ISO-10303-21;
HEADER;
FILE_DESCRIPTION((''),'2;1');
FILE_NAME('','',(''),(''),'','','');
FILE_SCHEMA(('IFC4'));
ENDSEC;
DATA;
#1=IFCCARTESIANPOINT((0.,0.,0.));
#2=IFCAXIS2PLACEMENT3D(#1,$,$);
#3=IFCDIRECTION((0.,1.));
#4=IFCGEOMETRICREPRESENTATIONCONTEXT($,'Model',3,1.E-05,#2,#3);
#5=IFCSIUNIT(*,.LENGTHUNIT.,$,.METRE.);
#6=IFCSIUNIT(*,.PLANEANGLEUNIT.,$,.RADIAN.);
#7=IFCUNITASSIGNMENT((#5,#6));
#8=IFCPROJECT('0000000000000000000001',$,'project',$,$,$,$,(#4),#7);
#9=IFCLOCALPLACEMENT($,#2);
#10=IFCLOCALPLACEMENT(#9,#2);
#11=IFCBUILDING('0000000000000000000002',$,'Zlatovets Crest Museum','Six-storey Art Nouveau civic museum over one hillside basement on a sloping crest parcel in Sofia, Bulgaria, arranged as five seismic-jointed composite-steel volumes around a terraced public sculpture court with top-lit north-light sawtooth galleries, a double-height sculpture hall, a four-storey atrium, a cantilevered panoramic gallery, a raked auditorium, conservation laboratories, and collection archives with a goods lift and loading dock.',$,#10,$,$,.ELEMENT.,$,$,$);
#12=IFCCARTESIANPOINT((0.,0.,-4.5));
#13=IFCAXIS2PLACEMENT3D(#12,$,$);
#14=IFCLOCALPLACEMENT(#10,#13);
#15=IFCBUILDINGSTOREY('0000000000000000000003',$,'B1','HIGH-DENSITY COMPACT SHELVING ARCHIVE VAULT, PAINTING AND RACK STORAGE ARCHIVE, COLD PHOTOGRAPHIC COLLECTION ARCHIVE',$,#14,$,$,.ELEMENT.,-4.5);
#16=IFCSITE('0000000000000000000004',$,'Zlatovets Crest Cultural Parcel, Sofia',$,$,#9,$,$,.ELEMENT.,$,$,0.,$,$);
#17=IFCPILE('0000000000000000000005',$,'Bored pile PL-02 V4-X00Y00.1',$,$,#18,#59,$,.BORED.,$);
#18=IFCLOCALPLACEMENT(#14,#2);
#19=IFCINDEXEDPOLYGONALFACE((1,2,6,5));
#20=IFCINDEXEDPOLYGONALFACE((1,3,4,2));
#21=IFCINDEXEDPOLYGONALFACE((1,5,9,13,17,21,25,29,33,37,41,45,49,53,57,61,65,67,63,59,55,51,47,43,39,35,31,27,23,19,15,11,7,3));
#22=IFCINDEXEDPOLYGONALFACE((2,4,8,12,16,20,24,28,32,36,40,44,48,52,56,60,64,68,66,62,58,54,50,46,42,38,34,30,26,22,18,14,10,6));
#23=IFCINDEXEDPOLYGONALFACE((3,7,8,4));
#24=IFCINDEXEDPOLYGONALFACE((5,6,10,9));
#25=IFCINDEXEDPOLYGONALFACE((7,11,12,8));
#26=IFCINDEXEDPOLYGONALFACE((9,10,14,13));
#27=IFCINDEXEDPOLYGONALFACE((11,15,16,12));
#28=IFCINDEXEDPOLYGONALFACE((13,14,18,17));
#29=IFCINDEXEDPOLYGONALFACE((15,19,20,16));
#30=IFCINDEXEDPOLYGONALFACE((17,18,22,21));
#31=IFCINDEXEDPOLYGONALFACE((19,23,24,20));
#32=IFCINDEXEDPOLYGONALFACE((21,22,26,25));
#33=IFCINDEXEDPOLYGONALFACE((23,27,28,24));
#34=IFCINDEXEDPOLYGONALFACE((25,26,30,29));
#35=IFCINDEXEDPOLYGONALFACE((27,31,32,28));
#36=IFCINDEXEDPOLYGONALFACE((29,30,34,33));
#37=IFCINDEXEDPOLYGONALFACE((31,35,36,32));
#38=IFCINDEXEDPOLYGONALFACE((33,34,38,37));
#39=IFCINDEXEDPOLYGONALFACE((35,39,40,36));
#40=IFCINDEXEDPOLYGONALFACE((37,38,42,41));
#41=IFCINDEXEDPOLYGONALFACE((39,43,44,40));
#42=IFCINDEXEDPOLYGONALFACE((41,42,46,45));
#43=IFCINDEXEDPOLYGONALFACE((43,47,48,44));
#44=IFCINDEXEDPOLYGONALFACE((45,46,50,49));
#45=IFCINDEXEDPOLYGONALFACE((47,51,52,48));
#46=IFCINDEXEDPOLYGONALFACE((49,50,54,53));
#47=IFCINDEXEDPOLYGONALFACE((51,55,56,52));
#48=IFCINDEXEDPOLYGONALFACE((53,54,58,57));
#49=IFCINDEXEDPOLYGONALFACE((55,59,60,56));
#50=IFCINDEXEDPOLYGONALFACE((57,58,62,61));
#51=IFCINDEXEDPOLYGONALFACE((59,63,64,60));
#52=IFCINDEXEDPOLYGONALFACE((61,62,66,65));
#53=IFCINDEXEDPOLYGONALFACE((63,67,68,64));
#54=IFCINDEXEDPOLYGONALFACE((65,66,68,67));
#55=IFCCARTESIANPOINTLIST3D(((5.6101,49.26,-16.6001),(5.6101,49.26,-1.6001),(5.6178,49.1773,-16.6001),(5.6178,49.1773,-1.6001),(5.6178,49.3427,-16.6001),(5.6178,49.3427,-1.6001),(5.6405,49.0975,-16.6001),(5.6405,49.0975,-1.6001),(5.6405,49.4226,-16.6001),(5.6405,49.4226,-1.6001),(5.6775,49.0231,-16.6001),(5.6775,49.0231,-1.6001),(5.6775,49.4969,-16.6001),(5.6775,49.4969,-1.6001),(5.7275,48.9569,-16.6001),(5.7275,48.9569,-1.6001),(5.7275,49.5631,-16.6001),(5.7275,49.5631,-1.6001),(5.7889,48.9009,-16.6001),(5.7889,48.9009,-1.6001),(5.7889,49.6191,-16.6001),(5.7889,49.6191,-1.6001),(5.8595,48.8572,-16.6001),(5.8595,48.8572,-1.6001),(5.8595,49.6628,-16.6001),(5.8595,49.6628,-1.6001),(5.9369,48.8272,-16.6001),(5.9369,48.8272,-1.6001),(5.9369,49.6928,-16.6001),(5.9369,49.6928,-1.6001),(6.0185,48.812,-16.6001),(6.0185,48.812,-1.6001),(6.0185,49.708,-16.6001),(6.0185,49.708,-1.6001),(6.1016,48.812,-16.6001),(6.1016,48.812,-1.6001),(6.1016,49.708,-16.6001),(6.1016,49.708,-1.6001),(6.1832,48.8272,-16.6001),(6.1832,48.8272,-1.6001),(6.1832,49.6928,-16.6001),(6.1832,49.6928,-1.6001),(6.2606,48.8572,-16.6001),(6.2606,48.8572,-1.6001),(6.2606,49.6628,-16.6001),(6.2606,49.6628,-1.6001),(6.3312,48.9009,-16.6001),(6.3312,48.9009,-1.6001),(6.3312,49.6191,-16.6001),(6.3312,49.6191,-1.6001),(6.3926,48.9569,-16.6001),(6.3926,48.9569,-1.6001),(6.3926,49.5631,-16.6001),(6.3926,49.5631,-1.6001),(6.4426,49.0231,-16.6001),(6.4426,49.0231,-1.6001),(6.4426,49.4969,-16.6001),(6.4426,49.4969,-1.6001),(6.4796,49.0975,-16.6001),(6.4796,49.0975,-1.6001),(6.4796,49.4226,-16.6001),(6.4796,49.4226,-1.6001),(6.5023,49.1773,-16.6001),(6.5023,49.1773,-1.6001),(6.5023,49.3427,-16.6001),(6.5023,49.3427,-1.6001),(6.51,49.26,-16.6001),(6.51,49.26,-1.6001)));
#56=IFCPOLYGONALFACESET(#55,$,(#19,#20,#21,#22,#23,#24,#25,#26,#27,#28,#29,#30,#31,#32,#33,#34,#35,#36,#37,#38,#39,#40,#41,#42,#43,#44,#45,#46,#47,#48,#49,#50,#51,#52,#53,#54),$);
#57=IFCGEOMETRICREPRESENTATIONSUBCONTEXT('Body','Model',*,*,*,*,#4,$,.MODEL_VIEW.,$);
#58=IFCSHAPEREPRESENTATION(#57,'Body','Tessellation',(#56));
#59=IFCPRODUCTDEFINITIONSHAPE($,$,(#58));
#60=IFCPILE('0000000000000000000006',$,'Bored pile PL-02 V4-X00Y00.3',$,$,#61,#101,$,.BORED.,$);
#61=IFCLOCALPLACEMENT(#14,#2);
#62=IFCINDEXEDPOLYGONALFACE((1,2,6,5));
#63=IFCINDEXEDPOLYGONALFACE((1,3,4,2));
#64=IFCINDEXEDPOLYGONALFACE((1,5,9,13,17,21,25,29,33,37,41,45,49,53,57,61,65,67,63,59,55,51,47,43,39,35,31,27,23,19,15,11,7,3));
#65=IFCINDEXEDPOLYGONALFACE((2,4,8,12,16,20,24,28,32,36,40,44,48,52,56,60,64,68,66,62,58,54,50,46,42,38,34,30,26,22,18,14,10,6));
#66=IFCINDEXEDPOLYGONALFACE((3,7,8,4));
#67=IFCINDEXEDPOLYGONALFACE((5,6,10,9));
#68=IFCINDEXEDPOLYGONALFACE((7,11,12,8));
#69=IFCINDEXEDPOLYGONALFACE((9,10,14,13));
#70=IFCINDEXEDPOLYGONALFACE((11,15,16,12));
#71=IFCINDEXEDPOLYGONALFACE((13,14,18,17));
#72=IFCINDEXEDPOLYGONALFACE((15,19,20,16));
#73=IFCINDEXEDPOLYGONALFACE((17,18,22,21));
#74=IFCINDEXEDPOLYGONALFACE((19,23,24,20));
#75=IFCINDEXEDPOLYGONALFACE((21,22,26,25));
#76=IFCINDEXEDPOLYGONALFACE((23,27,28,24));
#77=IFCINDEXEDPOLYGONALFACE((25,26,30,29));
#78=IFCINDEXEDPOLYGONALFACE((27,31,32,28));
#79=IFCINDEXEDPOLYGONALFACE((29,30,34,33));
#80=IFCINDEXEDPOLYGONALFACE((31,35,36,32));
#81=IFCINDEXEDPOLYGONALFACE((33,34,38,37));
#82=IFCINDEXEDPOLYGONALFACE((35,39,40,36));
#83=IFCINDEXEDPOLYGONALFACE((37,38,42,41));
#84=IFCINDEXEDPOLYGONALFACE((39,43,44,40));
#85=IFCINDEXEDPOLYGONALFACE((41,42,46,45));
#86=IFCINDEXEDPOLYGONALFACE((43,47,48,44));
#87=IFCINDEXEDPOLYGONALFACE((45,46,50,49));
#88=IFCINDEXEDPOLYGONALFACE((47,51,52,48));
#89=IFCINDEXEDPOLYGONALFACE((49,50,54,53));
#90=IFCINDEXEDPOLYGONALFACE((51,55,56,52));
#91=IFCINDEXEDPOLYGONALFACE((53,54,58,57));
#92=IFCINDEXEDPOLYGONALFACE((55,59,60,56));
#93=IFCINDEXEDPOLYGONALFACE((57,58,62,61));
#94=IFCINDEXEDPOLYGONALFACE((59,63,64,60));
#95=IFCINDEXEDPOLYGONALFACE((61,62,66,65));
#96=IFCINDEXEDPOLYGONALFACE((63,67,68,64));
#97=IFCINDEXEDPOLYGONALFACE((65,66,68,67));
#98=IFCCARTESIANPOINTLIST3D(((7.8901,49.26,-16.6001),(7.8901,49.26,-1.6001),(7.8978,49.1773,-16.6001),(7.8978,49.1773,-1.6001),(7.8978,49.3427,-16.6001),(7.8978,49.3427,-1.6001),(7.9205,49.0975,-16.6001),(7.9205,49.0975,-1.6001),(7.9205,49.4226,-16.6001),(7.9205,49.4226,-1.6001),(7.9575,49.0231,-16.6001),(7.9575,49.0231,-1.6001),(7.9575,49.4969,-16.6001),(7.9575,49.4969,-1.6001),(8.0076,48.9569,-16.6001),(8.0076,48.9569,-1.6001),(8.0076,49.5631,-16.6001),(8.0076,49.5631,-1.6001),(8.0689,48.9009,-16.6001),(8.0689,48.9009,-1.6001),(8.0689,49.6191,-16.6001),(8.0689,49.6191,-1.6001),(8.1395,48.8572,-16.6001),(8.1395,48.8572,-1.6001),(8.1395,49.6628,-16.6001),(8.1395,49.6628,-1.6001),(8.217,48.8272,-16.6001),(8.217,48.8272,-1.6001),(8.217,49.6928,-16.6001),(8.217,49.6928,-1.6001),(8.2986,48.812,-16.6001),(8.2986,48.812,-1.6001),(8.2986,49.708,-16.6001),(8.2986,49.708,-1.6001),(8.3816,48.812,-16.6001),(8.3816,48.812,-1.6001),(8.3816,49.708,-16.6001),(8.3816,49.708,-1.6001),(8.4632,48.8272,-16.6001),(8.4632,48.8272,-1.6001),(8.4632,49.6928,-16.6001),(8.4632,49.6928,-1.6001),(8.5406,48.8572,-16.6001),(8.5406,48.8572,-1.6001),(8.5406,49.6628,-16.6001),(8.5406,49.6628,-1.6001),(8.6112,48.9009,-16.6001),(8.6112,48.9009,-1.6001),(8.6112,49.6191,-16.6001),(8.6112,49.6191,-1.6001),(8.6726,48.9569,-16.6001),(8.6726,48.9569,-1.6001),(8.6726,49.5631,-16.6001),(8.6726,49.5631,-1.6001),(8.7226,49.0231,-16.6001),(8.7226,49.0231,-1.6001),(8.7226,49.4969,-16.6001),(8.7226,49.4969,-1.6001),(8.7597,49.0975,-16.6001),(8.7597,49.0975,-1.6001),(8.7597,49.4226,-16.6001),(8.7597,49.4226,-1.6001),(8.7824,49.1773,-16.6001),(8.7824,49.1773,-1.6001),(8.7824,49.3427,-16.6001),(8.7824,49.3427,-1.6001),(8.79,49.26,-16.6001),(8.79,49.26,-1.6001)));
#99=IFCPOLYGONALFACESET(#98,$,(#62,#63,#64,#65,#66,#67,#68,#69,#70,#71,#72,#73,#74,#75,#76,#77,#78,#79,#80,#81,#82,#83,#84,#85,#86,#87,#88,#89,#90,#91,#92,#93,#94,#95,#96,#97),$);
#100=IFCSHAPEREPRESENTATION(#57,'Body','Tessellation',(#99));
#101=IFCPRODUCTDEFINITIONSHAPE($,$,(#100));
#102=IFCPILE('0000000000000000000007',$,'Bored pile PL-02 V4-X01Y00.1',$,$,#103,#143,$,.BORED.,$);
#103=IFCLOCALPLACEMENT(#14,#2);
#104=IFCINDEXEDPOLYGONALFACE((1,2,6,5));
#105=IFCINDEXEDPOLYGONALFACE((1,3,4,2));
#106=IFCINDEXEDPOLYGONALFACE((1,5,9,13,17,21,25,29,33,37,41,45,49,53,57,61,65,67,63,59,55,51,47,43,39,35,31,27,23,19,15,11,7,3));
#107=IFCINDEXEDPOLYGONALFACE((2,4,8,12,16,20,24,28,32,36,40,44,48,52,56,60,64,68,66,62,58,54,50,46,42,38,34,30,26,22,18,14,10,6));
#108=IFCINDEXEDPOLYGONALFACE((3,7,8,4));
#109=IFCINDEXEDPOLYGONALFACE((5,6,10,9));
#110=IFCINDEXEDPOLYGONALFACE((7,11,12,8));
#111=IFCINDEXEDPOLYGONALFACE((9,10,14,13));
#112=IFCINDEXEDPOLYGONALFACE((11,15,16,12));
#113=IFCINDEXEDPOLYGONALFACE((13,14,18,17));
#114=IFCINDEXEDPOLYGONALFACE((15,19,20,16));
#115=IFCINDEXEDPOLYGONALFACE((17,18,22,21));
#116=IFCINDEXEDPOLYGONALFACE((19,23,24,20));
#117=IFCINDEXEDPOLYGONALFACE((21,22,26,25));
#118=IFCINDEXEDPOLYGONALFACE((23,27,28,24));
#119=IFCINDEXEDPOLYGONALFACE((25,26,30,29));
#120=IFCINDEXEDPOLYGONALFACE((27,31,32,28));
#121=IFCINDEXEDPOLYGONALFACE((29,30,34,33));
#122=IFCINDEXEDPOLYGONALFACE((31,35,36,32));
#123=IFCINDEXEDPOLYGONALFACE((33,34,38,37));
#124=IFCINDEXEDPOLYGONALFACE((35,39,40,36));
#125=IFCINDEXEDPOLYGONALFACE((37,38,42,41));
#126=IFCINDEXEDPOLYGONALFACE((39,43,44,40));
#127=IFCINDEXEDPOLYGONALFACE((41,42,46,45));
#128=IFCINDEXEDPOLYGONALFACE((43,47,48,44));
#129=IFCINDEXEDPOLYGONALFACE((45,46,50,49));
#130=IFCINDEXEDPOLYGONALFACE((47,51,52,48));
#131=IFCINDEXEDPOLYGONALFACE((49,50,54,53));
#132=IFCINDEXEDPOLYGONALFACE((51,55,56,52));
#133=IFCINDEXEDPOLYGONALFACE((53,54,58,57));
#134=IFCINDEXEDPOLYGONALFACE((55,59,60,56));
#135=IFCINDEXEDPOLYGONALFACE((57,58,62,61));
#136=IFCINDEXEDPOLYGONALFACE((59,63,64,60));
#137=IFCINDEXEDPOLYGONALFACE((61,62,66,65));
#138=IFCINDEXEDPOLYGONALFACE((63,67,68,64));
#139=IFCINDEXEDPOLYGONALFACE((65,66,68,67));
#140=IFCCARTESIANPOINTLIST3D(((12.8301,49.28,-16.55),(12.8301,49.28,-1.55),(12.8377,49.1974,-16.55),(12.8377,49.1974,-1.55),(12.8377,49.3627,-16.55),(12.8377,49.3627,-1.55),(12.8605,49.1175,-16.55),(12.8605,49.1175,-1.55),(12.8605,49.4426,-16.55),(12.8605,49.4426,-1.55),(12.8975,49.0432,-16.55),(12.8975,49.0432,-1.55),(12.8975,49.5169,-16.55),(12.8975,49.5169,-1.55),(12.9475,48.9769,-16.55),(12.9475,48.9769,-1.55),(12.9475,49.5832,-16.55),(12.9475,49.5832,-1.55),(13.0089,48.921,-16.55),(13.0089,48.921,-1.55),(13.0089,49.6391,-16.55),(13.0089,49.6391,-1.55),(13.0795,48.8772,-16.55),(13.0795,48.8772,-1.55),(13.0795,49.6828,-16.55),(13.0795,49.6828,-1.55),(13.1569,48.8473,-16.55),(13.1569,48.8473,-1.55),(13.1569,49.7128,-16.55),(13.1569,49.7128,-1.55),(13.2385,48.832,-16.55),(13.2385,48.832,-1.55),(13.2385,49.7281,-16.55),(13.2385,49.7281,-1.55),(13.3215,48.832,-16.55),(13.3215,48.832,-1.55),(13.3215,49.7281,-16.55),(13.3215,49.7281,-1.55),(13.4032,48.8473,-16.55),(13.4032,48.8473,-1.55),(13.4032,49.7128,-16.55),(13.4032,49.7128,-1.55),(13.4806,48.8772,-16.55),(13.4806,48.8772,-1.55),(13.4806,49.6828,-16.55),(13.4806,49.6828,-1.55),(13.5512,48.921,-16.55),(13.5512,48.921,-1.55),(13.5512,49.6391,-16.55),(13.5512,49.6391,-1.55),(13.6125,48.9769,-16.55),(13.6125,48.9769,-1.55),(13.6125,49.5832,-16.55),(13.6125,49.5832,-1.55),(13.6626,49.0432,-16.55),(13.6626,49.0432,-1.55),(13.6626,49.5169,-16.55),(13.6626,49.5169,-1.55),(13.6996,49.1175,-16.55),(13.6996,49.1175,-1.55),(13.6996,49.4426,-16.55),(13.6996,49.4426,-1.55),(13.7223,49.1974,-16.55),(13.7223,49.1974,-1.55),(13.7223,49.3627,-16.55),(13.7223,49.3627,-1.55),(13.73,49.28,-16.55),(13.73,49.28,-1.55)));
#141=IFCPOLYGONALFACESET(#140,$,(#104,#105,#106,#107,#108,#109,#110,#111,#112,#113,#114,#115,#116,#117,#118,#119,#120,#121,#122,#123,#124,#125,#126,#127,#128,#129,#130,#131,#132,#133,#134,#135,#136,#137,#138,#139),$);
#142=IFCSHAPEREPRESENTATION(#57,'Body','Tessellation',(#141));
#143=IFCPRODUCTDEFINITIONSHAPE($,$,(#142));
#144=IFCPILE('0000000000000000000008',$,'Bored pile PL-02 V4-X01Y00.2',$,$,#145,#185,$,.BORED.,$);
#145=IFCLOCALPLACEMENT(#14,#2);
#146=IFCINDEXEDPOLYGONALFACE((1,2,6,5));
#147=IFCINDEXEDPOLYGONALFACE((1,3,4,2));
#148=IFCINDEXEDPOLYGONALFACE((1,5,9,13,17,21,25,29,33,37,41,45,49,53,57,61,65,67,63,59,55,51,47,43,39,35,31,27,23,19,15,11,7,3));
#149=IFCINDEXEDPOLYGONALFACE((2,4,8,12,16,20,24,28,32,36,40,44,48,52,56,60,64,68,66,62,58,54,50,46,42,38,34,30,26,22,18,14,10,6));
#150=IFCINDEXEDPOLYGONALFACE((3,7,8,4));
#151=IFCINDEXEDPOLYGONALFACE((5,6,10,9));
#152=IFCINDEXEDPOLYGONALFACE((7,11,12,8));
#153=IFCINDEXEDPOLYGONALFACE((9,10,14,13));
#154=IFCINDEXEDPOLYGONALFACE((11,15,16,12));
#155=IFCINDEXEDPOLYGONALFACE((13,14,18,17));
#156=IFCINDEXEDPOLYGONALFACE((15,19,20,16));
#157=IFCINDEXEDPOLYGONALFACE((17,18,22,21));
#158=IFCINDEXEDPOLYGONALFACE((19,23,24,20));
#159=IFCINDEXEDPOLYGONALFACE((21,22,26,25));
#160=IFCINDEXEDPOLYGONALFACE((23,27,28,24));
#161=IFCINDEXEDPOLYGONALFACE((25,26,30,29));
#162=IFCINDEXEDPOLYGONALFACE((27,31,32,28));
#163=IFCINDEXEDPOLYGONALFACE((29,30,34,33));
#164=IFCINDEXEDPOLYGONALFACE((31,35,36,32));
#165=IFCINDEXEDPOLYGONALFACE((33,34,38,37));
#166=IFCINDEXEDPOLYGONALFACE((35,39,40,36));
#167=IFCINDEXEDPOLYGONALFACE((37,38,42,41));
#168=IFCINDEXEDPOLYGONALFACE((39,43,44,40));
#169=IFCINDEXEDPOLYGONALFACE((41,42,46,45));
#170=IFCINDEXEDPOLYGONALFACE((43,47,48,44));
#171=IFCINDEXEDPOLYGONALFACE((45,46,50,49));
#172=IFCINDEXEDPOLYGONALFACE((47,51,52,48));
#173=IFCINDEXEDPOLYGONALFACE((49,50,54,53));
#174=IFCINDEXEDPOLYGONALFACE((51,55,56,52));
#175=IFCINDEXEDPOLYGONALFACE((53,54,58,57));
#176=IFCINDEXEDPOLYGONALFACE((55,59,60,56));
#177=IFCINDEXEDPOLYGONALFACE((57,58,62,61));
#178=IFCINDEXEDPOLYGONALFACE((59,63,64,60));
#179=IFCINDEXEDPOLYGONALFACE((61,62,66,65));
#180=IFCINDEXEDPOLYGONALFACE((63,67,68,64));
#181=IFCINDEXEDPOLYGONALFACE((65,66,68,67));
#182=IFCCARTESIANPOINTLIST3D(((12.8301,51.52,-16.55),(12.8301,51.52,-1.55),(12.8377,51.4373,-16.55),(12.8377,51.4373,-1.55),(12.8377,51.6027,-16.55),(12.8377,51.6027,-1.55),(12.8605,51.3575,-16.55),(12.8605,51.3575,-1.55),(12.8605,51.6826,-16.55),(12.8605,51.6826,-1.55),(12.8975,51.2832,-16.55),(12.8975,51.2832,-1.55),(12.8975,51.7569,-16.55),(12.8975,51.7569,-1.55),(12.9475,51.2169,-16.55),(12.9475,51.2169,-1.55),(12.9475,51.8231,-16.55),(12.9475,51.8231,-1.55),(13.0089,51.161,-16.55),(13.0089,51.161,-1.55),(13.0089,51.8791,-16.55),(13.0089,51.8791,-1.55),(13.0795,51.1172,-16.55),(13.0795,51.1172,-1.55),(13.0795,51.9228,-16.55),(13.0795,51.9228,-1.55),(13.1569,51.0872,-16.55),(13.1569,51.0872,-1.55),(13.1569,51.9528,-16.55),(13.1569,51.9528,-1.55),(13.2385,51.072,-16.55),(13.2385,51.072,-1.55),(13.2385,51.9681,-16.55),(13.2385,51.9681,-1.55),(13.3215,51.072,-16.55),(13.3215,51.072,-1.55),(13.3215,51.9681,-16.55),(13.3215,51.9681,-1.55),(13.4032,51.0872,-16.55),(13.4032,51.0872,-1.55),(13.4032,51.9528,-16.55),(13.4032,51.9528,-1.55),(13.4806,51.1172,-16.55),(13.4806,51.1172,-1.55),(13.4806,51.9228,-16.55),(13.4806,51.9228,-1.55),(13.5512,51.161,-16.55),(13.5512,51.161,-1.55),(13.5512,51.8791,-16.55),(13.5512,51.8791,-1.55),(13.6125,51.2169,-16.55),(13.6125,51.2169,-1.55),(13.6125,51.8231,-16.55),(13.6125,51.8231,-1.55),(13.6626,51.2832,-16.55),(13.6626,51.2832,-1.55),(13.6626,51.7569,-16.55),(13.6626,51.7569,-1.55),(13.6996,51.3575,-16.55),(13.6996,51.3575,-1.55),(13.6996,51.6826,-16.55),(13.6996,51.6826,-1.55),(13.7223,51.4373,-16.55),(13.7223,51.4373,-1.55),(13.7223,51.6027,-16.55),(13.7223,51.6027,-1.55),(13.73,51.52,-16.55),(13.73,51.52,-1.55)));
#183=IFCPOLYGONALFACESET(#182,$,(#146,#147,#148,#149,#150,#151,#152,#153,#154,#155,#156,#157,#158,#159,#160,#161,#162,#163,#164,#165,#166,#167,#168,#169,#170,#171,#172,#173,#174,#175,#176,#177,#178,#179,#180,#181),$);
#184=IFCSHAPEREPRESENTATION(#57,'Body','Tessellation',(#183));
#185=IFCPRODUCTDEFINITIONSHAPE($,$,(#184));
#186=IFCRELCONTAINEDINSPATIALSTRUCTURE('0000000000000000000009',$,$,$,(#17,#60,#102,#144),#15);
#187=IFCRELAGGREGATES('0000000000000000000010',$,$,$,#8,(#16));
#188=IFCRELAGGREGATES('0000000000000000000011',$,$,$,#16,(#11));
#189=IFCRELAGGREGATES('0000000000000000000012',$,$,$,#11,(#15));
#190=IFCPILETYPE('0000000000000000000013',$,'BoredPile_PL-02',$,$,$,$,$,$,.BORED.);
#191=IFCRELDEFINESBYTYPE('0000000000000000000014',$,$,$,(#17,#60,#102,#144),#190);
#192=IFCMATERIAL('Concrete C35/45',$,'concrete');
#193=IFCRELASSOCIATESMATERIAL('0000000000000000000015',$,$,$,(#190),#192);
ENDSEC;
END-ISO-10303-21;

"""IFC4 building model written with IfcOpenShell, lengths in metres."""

from ifc_helpers import new_model, si_unit, direction, frame, origin, origin_2d, place, context, subcontext, project, spatial, circle, extrude, material, material_profile, profile_set, type_object, element, save


model = new_model("IFC4")

# Units and contexts
model_context = context("Model", 3, precision=1e-05, world=origin(), true_north=direction((0.0, 1.0)))
body_context = subcontext(model_context, "Body", "Model", "MODEL_VIEW")
ifc_project = project(units=[si_unit("LENGTHUNIT", "METRE"), si_unit("PLANEANGLEUNIT", "RADIAN")], contexts=[model_context])

# Site, building, storey
site_placement = place(None, origin())
site = spatial("IfcSite", under=ifc_project, at=site_placement, Name="Zlatovets Crest Cultural Parcel, Sofia", CompositionType="ELEMENT", RefElevation=0.0)
building_placement = place(site_placement, origin())
building = spatial("IfcBuilding", under=site, at=building_placement, Name="Zlatovets Crest Museum", Description="Six-storey Art Nouveau civic museum over one hillside basement on a sloping crest parcel in Sofia, Bulgaria, arranged as five seismic-jointed composite-steel volumes around a terraced public sculpture court with top-lit north-light sawtooth galleries, a double-height sculpture hall, a four-storey atrium, a cantilevered panoramic gallery, a raked auditorium, conservation laboratories, and collection archives with a goods lift and loading dock.", CompositionType="ELEMENT")
storey_placement = place(building_placement, frame((0.0, 0.0, -4.5)))
storey = spatial("IfcBuildingStorey", under=building, at=storey_placement, Name="B1", Description="HIGH-DENSITY COMPACT SHELVING ARCHIVE VAULT, PAINTING AND RACK STORAGE ARCHIVE, COLD PHOTOGRAPHIC COLLECTION ARCHIVE", CompositionType="ELEMENT", Elevation=-4.5)

# Piles
ifc_material_1 = material(Name="Concrete C35/45", Category="concrete")
ifc_material_profile_1 = material_profile(ifc_material_1, circle(Radius=0.45, at=origin_2d()), Name="PILE D900")
ifc_profile_set_1 = profile_set([ifc_material_profile_1], Name="Concrete C35/45")
pile_type_1 = type_object("IfcPileType", Name="BoredPile_PL-02", PredefinedType="BORED", material=ifc_profile_set_1)
for number, where, z_axis, x_axis, name in (
    (1, (6.0601, 49.26, -1.6001), (0.0, 0.0, -1.0), (1.0, 0.0, 0.0), "Bored pile PL-02 V4-X00Y00.1"),
    (2, (8.3401, 49.26, -1.6001), (0.0, 0.0, -1.0), (1.0, 0.0, 0.0), "Bored pile PL-02 V4-X00Y00.3"),
    (3, (13.28, 49.28, -1.55), (0.0, 0.0, -1.0), (1.0, 0.0, 0.0), "Bored pile PL-02 V4-X01Y00.1"),
    (4, (13.28, 51.52, -1.55), (0.0, 0.0, -1.0), (1.0, 0.0, 0.0), "Bored pile PL-02 V4-X01Y00.2"),
):
    element("IfcPile", number, at=place(storey_placement, frame(where, z_axis=z_axis, x_axis=x_axis)), inside=storey, type_object=pile_type_1, Name=name, PredefinedType="BORED", context=body_context, shape_type="SweptSolid", body=[
        extrude(circle(Radius=0.45, at=origin_2d()), origin(), (0.0, 0.0, 1.0), 15.0),
    ])

save(model, "model.ifc")
